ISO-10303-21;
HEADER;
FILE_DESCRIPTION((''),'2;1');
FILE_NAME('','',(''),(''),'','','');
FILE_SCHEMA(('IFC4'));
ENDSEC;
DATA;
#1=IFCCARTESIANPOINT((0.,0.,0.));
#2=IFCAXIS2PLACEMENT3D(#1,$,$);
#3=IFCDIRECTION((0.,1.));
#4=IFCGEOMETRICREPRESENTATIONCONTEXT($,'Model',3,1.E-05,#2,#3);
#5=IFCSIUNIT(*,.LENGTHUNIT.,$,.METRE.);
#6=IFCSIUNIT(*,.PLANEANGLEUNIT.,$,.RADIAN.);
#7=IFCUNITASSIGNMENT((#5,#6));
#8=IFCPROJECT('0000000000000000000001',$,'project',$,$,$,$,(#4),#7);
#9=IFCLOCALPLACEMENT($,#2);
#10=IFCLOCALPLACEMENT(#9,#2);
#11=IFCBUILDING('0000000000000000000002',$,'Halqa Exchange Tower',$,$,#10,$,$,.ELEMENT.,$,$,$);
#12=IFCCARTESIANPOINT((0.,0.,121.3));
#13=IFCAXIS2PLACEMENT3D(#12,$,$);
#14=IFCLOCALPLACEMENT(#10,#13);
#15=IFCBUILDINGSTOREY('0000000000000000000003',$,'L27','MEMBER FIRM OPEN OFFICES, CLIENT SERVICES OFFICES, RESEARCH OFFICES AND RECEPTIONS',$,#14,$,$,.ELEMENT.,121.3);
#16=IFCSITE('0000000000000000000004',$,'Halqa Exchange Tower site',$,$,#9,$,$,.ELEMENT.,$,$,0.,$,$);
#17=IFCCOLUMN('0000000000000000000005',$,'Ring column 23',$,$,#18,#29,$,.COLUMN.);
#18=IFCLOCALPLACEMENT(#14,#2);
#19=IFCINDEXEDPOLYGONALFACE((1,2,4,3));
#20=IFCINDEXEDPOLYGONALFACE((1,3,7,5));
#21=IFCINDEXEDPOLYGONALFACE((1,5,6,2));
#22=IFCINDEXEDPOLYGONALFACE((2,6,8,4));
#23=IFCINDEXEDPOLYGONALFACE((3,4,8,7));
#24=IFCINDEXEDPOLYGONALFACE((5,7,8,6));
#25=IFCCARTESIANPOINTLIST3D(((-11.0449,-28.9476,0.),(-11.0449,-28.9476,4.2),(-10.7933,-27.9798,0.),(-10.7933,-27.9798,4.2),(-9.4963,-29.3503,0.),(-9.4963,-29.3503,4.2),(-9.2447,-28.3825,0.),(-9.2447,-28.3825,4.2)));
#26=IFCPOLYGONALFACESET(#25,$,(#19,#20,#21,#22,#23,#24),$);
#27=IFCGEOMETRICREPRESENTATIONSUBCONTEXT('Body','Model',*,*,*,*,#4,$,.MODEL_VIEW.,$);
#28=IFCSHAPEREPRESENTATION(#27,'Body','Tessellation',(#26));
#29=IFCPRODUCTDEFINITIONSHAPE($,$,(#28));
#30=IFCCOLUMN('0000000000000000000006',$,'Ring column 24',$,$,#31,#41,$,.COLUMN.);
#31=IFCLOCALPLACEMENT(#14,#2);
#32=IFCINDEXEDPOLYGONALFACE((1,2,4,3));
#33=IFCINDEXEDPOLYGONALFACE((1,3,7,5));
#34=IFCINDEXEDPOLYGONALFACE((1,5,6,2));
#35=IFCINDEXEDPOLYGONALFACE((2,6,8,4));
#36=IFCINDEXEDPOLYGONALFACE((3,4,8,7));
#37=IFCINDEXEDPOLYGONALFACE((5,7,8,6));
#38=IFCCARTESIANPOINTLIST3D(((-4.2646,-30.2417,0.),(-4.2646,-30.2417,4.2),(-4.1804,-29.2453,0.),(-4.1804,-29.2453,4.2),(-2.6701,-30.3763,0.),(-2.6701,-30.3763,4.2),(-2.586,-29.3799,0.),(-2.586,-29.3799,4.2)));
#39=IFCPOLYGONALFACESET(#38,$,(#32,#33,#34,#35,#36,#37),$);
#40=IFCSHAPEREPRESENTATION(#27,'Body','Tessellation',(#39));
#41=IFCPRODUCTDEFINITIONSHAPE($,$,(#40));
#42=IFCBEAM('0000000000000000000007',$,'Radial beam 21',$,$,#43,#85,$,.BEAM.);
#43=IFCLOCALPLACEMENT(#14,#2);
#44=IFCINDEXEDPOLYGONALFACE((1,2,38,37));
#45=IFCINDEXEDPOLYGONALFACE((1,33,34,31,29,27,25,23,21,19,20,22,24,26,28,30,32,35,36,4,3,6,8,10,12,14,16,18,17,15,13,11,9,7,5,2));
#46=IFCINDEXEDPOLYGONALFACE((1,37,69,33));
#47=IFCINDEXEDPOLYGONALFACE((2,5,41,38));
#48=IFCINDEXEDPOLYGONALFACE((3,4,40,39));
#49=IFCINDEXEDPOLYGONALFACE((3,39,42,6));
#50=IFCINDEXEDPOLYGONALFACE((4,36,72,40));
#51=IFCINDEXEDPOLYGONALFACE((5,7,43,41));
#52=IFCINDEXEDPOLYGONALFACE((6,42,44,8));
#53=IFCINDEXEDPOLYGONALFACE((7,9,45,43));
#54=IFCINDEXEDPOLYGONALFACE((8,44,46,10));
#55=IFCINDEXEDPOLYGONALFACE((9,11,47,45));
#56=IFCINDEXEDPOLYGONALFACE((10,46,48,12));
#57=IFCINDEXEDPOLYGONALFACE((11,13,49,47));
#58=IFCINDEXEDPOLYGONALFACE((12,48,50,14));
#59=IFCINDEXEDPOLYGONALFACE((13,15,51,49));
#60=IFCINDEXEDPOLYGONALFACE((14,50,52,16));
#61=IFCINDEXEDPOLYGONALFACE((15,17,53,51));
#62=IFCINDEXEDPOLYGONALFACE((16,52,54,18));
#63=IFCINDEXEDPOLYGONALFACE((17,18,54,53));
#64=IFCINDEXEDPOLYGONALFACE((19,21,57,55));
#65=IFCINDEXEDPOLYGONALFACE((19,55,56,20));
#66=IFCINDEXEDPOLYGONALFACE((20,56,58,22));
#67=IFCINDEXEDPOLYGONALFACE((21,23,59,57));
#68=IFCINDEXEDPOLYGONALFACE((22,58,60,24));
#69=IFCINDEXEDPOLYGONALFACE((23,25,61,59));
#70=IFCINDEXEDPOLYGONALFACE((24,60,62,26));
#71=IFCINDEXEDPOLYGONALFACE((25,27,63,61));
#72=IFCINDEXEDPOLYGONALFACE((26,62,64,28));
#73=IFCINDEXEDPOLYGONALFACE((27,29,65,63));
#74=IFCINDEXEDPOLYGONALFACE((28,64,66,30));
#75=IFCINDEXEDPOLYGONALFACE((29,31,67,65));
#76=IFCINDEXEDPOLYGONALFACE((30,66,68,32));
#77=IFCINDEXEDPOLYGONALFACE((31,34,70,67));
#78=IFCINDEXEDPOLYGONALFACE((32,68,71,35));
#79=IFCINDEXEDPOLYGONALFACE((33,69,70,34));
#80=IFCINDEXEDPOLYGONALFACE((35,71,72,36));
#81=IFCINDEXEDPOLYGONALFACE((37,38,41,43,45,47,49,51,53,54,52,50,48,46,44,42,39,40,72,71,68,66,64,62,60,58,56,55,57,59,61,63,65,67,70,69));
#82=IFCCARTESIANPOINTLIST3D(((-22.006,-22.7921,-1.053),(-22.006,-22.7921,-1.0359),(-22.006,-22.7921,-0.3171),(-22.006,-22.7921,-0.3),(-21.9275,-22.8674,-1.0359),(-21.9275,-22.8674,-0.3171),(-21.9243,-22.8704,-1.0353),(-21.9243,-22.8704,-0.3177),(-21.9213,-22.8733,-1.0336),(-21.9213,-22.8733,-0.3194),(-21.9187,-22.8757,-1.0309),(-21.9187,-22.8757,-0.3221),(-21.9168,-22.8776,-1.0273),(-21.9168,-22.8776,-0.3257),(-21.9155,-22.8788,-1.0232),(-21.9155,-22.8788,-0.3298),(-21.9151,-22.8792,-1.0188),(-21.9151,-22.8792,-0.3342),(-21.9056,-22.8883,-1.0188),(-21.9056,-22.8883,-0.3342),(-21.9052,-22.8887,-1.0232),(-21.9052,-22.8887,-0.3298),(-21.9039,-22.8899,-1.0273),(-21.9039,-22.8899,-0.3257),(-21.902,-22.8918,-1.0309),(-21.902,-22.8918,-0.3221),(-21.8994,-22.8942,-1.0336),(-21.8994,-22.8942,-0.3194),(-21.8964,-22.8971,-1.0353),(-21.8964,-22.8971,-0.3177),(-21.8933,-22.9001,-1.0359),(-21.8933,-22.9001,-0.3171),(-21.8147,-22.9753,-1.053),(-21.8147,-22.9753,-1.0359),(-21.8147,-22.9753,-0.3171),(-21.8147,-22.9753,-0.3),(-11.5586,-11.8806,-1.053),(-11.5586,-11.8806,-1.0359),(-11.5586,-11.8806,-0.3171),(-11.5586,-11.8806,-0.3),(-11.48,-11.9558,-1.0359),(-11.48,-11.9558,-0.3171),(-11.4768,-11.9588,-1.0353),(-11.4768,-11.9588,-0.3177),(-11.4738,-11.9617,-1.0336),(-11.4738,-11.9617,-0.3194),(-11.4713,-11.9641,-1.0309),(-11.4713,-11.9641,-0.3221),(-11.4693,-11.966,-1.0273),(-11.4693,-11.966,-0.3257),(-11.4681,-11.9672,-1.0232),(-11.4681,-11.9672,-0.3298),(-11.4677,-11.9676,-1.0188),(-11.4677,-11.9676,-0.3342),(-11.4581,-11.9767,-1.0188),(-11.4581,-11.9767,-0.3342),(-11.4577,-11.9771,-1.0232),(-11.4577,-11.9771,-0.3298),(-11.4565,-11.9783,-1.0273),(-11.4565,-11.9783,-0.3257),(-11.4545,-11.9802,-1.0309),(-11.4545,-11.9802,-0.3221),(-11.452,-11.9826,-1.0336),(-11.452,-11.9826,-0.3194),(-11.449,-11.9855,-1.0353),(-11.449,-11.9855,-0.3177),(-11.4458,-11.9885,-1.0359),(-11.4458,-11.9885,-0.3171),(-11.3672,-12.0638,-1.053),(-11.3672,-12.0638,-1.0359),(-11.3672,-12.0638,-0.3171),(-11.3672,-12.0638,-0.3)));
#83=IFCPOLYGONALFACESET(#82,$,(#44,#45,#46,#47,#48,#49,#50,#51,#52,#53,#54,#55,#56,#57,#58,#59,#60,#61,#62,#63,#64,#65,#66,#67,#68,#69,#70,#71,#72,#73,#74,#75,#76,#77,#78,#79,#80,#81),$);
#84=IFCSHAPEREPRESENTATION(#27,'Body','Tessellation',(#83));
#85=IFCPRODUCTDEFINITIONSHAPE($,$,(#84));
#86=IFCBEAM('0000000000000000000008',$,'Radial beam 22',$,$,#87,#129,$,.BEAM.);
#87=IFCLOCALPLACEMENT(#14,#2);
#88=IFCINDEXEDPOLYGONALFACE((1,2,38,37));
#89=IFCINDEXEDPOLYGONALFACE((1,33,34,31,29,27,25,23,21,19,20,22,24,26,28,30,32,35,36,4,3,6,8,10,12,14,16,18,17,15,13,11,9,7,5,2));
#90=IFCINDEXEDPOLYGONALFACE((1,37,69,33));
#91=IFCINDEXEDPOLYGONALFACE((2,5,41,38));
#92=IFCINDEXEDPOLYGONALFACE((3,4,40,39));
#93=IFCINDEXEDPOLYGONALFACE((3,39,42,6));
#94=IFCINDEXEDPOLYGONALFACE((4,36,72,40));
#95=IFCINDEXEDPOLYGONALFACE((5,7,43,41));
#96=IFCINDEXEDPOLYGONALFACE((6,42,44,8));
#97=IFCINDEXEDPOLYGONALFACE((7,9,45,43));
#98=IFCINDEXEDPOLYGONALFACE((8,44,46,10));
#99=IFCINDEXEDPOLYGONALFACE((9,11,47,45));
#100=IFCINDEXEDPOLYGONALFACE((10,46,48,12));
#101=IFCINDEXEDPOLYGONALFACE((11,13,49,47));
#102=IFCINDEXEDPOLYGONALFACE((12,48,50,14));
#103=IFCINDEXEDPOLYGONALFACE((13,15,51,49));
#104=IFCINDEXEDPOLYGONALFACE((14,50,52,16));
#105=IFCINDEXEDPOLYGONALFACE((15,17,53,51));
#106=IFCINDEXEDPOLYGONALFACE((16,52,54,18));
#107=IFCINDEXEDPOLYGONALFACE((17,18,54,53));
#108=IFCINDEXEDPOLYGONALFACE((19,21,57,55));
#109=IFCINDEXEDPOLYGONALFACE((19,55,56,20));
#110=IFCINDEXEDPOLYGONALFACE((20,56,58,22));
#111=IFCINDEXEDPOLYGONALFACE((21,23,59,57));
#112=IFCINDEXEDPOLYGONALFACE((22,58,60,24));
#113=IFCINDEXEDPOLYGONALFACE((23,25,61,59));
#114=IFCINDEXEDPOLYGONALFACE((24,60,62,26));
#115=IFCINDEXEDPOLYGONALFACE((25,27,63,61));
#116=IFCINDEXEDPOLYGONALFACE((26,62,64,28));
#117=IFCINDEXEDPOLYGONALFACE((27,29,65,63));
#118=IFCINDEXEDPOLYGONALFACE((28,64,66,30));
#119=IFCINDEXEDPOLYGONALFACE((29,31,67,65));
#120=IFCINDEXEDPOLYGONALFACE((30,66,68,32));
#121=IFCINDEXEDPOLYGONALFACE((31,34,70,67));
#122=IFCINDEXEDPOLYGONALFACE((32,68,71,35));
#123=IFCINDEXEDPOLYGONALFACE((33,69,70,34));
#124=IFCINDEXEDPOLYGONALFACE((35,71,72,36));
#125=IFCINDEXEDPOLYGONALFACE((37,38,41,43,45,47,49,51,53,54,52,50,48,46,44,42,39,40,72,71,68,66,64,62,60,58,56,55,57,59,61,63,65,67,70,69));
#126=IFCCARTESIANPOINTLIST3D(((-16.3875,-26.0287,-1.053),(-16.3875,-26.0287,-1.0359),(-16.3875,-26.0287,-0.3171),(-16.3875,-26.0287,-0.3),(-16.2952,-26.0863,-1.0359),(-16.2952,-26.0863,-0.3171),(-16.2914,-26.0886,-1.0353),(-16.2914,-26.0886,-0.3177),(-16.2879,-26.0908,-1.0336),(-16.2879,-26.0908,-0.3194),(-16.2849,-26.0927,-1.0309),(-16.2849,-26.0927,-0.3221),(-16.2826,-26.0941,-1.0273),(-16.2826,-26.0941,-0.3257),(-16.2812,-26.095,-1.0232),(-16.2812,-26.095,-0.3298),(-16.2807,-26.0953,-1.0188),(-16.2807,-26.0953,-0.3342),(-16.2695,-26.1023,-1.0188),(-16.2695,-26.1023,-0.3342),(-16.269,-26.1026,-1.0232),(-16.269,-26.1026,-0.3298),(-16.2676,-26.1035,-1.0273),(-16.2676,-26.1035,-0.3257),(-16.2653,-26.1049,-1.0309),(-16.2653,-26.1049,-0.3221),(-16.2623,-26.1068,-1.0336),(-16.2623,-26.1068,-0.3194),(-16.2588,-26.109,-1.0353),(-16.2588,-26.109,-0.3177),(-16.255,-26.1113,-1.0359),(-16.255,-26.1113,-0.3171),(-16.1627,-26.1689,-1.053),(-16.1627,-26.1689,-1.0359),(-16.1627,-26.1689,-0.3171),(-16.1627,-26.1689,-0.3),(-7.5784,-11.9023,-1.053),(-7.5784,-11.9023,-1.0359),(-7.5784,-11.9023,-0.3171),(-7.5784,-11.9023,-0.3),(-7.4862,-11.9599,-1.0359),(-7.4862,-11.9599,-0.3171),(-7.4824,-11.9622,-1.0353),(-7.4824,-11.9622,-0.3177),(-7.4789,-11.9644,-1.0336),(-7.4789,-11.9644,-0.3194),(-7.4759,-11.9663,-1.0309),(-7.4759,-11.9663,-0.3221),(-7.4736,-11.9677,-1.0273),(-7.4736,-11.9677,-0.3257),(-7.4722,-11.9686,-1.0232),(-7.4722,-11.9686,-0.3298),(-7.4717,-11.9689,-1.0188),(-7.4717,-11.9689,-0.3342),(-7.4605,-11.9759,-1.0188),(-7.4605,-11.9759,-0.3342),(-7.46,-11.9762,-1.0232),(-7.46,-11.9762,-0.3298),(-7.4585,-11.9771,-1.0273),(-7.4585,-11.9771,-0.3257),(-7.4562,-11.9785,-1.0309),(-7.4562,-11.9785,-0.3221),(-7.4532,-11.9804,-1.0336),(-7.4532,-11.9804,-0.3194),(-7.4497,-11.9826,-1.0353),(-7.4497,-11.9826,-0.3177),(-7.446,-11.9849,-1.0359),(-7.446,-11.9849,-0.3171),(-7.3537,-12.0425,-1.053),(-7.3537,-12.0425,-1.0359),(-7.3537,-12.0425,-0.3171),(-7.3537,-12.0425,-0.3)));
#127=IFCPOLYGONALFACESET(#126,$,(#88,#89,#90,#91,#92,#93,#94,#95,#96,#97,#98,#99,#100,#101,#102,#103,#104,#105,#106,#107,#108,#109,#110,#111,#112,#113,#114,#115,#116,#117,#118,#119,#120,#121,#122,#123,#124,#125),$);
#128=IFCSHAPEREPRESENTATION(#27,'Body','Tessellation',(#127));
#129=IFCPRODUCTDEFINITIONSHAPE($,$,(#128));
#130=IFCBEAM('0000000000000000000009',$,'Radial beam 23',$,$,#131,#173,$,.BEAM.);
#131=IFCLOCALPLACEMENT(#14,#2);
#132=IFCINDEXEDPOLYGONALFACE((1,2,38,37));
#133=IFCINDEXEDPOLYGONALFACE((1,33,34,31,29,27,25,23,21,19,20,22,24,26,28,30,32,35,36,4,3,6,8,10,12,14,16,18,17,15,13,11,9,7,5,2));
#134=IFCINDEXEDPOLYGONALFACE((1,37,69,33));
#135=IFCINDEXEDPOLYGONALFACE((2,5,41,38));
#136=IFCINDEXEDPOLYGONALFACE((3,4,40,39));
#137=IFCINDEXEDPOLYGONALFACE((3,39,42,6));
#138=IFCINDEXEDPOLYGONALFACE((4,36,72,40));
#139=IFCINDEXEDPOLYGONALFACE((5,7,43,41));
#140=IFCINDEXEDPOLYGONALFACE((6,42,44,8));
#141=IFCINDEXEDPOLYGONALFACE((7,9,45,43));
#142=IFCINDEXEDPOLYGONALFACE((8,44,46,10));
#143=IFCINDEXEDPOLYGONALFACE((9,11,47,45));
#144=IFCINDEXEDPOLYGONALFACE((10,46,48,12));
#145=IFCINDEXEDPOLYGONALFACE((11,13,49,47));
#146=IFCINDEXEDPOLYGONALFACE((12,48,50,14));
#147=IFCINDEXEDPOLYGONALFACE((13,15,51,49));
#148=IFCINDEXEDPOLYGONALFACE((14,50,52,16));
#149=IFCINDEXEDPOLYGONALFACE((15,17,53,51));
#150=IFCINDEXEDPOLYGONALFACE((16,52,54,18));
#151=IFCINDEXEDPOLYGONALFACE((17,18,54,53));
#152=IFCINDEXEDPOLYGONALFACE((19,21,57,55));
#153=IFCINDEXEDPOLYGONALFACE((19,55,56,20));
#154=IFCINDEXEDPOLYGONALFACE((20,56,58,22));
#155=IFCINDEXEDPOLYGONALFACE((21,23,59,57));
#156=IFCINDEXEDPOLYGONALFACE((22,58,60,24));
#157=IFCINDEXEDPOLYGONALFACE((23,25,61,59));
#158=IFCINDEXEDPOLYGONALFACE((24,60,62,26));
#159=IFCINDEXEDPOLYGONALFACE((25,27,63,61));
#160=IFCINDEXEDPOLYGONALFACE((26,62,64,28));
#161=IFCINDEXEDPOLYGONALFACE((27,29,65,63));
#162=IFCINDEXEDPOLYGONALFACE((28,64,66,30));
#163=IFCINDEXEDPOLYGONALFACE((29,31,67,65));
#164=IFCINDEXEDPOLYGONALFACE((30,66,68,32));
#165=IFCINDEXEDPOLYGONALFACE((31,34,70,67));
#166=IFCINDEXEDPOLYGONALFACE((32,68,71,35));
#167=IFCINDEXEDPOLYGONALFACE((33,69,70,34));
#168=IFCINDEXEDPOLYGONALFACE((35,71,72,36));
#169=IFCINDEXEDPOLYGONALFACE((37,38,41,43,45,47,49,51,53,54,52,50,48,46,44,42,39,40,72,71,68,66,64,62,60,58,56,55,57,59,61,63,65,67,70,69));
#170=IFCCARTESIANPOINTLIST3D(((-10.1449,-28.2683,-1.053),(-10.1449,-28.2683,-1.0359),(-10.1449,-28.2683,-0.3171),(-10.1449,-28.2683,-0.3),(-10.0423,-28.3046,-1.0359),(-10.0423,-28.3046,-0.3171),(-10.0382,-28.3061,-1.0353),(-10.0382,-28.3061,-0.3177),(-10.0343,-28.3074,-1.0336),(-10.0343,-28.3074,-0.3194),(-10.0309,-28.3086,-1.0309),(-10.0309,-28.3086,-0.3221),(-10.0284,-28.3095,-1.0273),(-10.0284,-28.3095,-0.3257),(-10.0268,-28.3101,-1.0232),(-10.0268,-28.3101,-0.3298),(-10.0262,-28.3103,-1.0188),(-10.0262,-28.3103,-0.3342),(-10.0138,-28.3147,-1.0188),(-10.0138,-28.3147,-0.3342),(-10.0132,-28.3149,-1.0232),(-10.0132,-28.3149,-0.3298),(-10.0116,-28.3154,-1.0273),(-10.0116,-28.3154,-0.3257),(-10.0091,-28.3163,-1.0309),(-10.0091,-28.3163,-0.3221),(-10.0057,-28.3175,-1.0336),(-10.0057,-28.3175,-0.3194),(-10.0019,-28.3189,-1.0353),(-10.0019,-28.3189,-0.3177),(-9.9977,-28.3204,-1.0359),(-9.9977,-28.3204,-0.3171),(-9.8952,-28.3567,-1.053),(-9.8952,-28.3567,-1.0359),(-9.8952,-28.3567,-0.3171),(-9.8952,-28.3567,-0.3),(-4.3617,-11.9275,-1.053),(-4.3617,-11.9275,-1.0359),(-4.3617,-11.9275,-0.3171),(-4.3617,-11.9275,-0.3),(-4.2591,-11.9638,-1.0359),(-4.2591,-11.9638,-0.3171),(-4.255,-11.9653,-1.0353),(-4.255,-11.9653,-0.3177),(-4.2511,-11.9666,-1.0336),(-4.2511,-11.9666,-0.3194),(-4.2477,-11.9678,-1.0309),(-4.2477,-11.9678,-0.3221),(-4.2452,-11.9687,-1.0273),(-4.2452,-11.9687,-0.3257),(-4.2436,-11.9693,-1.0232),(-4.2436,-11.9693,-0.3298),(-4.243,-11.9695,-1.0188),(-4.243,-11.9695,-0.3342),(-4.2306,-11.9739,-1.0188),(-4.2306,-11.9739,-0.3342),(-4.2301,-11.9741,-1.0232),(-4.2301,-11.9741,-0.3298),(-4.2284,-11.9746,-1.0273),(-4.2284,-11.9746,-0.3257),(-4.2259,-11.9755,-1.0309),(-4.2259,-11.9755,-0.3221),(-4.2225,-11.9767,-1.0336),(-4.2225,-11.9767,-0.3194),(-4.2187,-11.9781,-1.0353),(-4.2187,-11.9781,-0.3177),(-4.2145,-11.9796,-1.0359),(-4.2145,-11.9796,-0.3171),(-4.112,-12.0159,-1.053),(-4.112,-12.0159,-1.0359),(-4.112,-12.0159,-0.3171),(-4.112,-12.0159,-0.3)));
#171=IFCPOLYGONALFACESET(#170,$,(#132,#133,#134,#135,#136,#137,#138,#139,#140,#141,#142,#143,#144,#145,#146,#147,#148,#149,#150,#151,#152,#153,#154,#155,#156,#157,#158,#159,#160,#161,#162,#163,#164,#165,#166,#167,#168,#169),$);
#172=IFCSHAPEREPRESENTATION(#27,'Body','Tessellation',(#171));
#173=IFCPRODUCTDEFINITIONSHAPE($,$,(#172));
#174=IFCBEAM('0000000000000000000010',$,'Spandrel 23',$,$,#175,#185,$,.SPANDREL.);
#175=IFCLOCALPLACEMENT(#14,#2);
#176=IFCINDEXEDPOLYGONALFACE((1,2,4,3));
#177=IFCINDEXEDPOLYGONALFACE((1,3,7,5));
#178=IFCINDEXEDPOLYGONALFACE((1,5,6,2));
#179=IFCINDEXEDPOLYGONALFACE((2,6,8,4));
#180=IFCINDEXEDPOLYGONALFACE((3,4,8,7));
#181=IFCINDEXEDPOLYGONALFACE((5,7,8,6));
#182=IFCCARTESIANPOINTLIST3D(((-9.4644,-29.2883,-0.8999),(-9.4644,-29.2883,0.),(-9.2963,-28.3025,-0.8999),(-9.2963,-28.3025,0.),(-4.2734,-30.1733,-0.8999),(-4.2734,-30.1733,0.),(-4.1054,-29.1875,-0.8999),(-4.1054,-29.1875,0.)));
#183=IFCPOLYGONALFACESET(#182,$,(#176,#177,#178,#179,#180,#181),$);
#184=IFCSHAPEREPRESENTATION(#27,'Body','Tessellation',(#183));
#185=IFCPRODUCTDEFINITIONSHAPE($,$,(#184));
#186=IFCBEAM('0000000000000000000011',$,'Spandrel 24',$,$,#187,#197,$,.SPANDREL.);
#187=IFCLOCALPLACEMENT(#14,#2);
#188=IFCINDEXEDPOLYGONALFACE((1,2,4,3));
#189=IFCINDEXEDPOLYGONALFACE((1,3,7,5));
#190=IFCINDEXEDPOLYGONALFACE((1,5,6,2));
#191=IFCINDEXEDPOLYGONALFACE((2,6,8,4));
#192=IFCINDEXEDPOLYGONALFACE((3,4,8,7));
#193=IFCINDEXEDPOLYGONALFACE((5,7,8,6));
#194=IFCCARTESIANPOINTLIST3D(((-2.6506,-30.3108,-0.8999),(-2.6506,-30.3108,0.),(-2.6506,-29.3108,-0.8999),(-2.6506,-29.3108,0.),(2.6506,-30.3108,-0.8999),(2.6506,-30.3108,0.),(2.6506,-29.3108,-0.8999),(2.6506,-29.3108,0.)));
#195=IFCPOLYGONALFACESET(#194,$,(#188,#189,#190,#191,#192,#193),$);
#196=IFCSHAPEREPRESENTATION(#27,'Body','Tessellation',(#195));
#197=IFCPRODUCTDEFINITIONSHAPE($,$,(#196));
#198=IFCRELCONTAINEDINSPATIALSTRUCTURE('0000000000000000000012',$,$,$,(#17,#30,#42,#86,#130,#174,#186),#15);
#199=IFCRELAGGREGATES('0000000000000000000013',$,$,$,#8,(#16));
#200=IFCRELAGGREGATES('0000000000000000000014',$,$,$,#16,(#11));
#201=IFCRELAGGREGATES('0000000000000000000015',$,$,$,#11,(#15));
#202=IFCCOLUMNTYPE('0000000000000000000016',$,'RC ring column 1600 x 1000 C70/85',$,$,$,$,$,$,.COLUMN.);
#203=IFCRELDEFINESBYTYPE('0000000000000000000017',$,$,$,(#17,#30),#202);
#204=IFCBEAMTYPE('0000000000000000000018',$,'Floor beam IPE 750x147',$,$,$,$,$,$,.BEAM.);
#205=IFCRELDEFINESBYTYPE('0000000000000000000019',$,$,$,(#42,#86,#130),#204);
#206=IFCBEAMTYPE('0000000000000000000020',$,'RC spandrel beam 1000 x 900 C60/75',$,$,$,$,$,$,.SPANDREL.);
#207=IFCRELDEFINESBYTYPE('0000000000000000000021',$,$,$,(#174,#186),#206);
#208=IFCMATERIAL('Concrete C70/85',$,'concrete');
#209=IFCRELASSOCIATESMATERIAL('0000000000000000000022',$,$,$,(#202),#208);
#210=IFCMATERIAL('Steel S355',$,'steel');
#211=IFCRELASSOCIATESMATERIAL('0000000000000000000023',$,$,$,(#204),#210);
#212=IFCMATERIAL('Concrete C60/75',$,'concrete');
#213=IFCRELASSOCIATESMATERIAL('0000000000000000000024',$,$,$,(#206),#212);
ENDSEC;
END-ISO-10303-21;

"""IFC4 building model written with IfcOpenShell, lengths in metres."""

from ifc_helpers import new_model, si_unit, direction, frame, origin, origin_2d, place, context, subcontext, project, spatial, rectangle, i_section, extrude, material, material_profile, profile_set, type_object, element, save


model = new_model("IFC4")

# Units and contexts
model_context = context("Model", 3, precision=1e-05, world=origin(), true_north=direction((0.0, 1.0)))
body_context = subcontext(model_context, "Body", "Model", "MODEL_VIEW")
ifc_project = project(units=[si_unit("LENGTHUNIT", "METRE"), si_unit("PLANEANGLEUNIT", "RADIAN")], contexts=[model_context])

# Site, building, storey
site_placement = place(None, origin())
site = spatial("IfcSite", under=ifc_project, at=site_placement, Name="Halqa Exchange Tower site", CompositionType="ELEMENT", RefElevation=0.0)
building_placement = place(site_placement, origin())
building = spatial("IfcBuilding", under=site, at=building_placement, Name="Halqa Exchange Tower", CompositionType="ELEMENT")
storey_placement = place(building_placement, frame((0.0, 0.0, 121.3)))
storey = spatial("IfcBuildingStorey", under=building, at=storey_placement, Name="L27", Description="MEMBER FIRM OPEN OFFICES, CLIENT SERVICES OFFICES, RESEARCH OFFICES AND RECEPTIONS", CompositionType="ELEMENT", Elevation=121.3)

# Columns
ifc_material_1 = material(Name="Concrete C70/85", Category="concrete")
ifc_material_profile_1 = material_profile(ifc_material_1, rectangle(XDim=1.6001, YDim=1.0, at=origin_2d()), Name="1600 x 1000")
ifc_profile_set_1 = profile_set([ifc_material_profile_1], Name="Concrete C70/85")
column_type = type_object("IfcColumnType", Name="RC ring column 1600 x 1000 C70/85", PredefinedType="COLUMN", material=ifc_profile_set_1)
for number, where, z_axis, x_axis, name in (
    (1, (-10.1448, -28.665, 0.0), (0.0, 0.0, 1.0), (0.96782, -0.251644, 0.0), "Ring column 23"),
    (2, (-3.4253, -29.8108, 0.0), (0.0, 0.0, 1.0), (0.996456, -0.084121, 0.0), "Ring column 24"),
):
    element("IfcColumn", number, at=place(storey_placement, frame(where, z_axis=z_axis, x_axis=x_axis)), inside=storey, type_object=column_type, Name=name, PredefinedType="COLUMN", context=body_context, shape_type="SweptSolid", body=[
        extrude(rectangle(XDim=1.6001, YDim=1.0, at=origin_2d()), origin(), (0.0, 0.0, 1.0), 4.2),
    ])

# Beams
ifc_material_2 = material(Name="Steel S355", Category="steel")
ifc_material_profile_2 = material_profile(ifc_material_2, i_section(OverallWidth=0.2649, OverallDepth=0.7529, WebThickness=0.0132, FlangeThickness=0.0171, FilletRadius=0.0171, at=origin_2d()), Name="IPE 750x147")
ifc_profile_set_2 = profile_set([ifc_material_profile_2], Name="Steel S355")
beam_type_1 = type_object("IfcBeamType", Name="Floor beam IPE 750x147", PredefinedType="BEAM", material=ifc_profile_set_2)
beam_1_placement = place(storey_placement, frame((-11.4629, -11.9722, -0.6765), z_axis=(-0.691579, -0.722301, 0.0), x_axis=(0.722301, -0.691579, 0.0)))
element("IfcBeam", 3, at=beam_1_placement, inside=storey, type_object=beam_type_1, Name="Radial beam 21", PredefinedType="BEAM", context=body_context, shape_type="SweptSolid", body=[
    extrude(i_section(OverallWidth=0.2649, OverallDepth=0.7529, WebThickness=0.0132, FlangeThickness=0.0171, FilletRadius=0.0171, at=origin_2d()), origin(), (0.0, 0.0, 1.0), 15.1067),
])
beam_2_placement = place(storey_placement, frame((-7.4661, -11.9724, -0.6765), z_axis=(-0.529137, -0.848537, 0.0), x_axis=(0.848537, -0.529137, 0.0)))
element("IfcBeam", 4, at=beam_2_placement, inside=storey, type_object=beam_type_1, Name="Radial beam 22", PredefinedType="BEAM", context=body_context, shape_type="SweptSolid", body=[
    extrude(i_section(OverallWidth=0.2649, OverallDepth=0.7529, WebThickness=0.0132, FlangeThickness=0.0171, FilletRadius=0.0171, at=origin_2d()), origin(), (0.0, 0.0, 1.0), 16.6479),
])
beam_3_placement = place(storey_placement, frame((-4.2368, -11.9717, -0.6765), z_axis=(-0.333633, -0.942703, 0.0), x_axis=(0.942703, -0.333633, 0.0)))
element("IfcBeam", 5, at=beam_3_placement, inside=storey, type_object=beam_type_1, Name="Radial beam 23", PredefinedType="BEAM", context=body_context, shape_type="SweptSolid", body=[
    extrude(i_section(OverallWidth=0.2649, OverallDepth=0.7529, WebThickness=0.0132, FlangeThickness=0.0171, FilletRadius=0.0171, at=origin_2d()), origin(), (0.0, 0.0, 1.0), 17.334),
])
ifc_material_3 = material(Name="Concrete C60/75", Category="concrete")
ifc_material_profile_3 = material_profile(ifc_material_3, rectangle(XDim=1.0, YDim=0.8999, at=origin_2d()), Name="1000 x 900")
ifc_profile_set_3 = profile_set([ifc_material_profile_3], Name="Concrete C60/75")
beam_type_2 = type_object("IfcBeamType", Name="RC spandrel beam 1000 x 900 C60/75", PredefinedType="SPANDREL", material=ifc_profile_set_3)
beam_4_placement = place(storey_placement, frame((-9.3804, -28.7954, -0.45), z_axis=(0.985776, -0.168067, 0.0), x_axis=(0.168067, 0.985776, 0.0)))
element("IfcBeam", 6, at=beam_4_placement, inside=storey, type_object=beam_type_2, Name="Spandrel 23", PredefinedType="SPANDREL", context=body_context, shape_type="SweptSolid", body=[
    extrude(rectangle(XDim=1.0, YDim=0.8999, at=origin_2d()), origin(), (0.0, 0.0, 1.0), 5.2659),
])
beam_5_placement = place(storey_placement, frame((-2.6506, -29.8108, -0.45), z_axis=(1.0, 0.0, 0.0), x_axis=(0.0, 1.0, 0.0)))
element("IfcBeam", 7, at=beam_5_placement, inside=storey, type_object=beam_type_2, Name="Spandrel 24", PredefinedType="SPANDREL", context=body_context, shape_type="SweptSolid", body=[
    extrude(rectangle(XDim=1.0, YDim=0.8999, at=origin_2d()), origin(), (0.0, 0.0, 1.0), 5.3013),
])

save(model, "model.ifc")
